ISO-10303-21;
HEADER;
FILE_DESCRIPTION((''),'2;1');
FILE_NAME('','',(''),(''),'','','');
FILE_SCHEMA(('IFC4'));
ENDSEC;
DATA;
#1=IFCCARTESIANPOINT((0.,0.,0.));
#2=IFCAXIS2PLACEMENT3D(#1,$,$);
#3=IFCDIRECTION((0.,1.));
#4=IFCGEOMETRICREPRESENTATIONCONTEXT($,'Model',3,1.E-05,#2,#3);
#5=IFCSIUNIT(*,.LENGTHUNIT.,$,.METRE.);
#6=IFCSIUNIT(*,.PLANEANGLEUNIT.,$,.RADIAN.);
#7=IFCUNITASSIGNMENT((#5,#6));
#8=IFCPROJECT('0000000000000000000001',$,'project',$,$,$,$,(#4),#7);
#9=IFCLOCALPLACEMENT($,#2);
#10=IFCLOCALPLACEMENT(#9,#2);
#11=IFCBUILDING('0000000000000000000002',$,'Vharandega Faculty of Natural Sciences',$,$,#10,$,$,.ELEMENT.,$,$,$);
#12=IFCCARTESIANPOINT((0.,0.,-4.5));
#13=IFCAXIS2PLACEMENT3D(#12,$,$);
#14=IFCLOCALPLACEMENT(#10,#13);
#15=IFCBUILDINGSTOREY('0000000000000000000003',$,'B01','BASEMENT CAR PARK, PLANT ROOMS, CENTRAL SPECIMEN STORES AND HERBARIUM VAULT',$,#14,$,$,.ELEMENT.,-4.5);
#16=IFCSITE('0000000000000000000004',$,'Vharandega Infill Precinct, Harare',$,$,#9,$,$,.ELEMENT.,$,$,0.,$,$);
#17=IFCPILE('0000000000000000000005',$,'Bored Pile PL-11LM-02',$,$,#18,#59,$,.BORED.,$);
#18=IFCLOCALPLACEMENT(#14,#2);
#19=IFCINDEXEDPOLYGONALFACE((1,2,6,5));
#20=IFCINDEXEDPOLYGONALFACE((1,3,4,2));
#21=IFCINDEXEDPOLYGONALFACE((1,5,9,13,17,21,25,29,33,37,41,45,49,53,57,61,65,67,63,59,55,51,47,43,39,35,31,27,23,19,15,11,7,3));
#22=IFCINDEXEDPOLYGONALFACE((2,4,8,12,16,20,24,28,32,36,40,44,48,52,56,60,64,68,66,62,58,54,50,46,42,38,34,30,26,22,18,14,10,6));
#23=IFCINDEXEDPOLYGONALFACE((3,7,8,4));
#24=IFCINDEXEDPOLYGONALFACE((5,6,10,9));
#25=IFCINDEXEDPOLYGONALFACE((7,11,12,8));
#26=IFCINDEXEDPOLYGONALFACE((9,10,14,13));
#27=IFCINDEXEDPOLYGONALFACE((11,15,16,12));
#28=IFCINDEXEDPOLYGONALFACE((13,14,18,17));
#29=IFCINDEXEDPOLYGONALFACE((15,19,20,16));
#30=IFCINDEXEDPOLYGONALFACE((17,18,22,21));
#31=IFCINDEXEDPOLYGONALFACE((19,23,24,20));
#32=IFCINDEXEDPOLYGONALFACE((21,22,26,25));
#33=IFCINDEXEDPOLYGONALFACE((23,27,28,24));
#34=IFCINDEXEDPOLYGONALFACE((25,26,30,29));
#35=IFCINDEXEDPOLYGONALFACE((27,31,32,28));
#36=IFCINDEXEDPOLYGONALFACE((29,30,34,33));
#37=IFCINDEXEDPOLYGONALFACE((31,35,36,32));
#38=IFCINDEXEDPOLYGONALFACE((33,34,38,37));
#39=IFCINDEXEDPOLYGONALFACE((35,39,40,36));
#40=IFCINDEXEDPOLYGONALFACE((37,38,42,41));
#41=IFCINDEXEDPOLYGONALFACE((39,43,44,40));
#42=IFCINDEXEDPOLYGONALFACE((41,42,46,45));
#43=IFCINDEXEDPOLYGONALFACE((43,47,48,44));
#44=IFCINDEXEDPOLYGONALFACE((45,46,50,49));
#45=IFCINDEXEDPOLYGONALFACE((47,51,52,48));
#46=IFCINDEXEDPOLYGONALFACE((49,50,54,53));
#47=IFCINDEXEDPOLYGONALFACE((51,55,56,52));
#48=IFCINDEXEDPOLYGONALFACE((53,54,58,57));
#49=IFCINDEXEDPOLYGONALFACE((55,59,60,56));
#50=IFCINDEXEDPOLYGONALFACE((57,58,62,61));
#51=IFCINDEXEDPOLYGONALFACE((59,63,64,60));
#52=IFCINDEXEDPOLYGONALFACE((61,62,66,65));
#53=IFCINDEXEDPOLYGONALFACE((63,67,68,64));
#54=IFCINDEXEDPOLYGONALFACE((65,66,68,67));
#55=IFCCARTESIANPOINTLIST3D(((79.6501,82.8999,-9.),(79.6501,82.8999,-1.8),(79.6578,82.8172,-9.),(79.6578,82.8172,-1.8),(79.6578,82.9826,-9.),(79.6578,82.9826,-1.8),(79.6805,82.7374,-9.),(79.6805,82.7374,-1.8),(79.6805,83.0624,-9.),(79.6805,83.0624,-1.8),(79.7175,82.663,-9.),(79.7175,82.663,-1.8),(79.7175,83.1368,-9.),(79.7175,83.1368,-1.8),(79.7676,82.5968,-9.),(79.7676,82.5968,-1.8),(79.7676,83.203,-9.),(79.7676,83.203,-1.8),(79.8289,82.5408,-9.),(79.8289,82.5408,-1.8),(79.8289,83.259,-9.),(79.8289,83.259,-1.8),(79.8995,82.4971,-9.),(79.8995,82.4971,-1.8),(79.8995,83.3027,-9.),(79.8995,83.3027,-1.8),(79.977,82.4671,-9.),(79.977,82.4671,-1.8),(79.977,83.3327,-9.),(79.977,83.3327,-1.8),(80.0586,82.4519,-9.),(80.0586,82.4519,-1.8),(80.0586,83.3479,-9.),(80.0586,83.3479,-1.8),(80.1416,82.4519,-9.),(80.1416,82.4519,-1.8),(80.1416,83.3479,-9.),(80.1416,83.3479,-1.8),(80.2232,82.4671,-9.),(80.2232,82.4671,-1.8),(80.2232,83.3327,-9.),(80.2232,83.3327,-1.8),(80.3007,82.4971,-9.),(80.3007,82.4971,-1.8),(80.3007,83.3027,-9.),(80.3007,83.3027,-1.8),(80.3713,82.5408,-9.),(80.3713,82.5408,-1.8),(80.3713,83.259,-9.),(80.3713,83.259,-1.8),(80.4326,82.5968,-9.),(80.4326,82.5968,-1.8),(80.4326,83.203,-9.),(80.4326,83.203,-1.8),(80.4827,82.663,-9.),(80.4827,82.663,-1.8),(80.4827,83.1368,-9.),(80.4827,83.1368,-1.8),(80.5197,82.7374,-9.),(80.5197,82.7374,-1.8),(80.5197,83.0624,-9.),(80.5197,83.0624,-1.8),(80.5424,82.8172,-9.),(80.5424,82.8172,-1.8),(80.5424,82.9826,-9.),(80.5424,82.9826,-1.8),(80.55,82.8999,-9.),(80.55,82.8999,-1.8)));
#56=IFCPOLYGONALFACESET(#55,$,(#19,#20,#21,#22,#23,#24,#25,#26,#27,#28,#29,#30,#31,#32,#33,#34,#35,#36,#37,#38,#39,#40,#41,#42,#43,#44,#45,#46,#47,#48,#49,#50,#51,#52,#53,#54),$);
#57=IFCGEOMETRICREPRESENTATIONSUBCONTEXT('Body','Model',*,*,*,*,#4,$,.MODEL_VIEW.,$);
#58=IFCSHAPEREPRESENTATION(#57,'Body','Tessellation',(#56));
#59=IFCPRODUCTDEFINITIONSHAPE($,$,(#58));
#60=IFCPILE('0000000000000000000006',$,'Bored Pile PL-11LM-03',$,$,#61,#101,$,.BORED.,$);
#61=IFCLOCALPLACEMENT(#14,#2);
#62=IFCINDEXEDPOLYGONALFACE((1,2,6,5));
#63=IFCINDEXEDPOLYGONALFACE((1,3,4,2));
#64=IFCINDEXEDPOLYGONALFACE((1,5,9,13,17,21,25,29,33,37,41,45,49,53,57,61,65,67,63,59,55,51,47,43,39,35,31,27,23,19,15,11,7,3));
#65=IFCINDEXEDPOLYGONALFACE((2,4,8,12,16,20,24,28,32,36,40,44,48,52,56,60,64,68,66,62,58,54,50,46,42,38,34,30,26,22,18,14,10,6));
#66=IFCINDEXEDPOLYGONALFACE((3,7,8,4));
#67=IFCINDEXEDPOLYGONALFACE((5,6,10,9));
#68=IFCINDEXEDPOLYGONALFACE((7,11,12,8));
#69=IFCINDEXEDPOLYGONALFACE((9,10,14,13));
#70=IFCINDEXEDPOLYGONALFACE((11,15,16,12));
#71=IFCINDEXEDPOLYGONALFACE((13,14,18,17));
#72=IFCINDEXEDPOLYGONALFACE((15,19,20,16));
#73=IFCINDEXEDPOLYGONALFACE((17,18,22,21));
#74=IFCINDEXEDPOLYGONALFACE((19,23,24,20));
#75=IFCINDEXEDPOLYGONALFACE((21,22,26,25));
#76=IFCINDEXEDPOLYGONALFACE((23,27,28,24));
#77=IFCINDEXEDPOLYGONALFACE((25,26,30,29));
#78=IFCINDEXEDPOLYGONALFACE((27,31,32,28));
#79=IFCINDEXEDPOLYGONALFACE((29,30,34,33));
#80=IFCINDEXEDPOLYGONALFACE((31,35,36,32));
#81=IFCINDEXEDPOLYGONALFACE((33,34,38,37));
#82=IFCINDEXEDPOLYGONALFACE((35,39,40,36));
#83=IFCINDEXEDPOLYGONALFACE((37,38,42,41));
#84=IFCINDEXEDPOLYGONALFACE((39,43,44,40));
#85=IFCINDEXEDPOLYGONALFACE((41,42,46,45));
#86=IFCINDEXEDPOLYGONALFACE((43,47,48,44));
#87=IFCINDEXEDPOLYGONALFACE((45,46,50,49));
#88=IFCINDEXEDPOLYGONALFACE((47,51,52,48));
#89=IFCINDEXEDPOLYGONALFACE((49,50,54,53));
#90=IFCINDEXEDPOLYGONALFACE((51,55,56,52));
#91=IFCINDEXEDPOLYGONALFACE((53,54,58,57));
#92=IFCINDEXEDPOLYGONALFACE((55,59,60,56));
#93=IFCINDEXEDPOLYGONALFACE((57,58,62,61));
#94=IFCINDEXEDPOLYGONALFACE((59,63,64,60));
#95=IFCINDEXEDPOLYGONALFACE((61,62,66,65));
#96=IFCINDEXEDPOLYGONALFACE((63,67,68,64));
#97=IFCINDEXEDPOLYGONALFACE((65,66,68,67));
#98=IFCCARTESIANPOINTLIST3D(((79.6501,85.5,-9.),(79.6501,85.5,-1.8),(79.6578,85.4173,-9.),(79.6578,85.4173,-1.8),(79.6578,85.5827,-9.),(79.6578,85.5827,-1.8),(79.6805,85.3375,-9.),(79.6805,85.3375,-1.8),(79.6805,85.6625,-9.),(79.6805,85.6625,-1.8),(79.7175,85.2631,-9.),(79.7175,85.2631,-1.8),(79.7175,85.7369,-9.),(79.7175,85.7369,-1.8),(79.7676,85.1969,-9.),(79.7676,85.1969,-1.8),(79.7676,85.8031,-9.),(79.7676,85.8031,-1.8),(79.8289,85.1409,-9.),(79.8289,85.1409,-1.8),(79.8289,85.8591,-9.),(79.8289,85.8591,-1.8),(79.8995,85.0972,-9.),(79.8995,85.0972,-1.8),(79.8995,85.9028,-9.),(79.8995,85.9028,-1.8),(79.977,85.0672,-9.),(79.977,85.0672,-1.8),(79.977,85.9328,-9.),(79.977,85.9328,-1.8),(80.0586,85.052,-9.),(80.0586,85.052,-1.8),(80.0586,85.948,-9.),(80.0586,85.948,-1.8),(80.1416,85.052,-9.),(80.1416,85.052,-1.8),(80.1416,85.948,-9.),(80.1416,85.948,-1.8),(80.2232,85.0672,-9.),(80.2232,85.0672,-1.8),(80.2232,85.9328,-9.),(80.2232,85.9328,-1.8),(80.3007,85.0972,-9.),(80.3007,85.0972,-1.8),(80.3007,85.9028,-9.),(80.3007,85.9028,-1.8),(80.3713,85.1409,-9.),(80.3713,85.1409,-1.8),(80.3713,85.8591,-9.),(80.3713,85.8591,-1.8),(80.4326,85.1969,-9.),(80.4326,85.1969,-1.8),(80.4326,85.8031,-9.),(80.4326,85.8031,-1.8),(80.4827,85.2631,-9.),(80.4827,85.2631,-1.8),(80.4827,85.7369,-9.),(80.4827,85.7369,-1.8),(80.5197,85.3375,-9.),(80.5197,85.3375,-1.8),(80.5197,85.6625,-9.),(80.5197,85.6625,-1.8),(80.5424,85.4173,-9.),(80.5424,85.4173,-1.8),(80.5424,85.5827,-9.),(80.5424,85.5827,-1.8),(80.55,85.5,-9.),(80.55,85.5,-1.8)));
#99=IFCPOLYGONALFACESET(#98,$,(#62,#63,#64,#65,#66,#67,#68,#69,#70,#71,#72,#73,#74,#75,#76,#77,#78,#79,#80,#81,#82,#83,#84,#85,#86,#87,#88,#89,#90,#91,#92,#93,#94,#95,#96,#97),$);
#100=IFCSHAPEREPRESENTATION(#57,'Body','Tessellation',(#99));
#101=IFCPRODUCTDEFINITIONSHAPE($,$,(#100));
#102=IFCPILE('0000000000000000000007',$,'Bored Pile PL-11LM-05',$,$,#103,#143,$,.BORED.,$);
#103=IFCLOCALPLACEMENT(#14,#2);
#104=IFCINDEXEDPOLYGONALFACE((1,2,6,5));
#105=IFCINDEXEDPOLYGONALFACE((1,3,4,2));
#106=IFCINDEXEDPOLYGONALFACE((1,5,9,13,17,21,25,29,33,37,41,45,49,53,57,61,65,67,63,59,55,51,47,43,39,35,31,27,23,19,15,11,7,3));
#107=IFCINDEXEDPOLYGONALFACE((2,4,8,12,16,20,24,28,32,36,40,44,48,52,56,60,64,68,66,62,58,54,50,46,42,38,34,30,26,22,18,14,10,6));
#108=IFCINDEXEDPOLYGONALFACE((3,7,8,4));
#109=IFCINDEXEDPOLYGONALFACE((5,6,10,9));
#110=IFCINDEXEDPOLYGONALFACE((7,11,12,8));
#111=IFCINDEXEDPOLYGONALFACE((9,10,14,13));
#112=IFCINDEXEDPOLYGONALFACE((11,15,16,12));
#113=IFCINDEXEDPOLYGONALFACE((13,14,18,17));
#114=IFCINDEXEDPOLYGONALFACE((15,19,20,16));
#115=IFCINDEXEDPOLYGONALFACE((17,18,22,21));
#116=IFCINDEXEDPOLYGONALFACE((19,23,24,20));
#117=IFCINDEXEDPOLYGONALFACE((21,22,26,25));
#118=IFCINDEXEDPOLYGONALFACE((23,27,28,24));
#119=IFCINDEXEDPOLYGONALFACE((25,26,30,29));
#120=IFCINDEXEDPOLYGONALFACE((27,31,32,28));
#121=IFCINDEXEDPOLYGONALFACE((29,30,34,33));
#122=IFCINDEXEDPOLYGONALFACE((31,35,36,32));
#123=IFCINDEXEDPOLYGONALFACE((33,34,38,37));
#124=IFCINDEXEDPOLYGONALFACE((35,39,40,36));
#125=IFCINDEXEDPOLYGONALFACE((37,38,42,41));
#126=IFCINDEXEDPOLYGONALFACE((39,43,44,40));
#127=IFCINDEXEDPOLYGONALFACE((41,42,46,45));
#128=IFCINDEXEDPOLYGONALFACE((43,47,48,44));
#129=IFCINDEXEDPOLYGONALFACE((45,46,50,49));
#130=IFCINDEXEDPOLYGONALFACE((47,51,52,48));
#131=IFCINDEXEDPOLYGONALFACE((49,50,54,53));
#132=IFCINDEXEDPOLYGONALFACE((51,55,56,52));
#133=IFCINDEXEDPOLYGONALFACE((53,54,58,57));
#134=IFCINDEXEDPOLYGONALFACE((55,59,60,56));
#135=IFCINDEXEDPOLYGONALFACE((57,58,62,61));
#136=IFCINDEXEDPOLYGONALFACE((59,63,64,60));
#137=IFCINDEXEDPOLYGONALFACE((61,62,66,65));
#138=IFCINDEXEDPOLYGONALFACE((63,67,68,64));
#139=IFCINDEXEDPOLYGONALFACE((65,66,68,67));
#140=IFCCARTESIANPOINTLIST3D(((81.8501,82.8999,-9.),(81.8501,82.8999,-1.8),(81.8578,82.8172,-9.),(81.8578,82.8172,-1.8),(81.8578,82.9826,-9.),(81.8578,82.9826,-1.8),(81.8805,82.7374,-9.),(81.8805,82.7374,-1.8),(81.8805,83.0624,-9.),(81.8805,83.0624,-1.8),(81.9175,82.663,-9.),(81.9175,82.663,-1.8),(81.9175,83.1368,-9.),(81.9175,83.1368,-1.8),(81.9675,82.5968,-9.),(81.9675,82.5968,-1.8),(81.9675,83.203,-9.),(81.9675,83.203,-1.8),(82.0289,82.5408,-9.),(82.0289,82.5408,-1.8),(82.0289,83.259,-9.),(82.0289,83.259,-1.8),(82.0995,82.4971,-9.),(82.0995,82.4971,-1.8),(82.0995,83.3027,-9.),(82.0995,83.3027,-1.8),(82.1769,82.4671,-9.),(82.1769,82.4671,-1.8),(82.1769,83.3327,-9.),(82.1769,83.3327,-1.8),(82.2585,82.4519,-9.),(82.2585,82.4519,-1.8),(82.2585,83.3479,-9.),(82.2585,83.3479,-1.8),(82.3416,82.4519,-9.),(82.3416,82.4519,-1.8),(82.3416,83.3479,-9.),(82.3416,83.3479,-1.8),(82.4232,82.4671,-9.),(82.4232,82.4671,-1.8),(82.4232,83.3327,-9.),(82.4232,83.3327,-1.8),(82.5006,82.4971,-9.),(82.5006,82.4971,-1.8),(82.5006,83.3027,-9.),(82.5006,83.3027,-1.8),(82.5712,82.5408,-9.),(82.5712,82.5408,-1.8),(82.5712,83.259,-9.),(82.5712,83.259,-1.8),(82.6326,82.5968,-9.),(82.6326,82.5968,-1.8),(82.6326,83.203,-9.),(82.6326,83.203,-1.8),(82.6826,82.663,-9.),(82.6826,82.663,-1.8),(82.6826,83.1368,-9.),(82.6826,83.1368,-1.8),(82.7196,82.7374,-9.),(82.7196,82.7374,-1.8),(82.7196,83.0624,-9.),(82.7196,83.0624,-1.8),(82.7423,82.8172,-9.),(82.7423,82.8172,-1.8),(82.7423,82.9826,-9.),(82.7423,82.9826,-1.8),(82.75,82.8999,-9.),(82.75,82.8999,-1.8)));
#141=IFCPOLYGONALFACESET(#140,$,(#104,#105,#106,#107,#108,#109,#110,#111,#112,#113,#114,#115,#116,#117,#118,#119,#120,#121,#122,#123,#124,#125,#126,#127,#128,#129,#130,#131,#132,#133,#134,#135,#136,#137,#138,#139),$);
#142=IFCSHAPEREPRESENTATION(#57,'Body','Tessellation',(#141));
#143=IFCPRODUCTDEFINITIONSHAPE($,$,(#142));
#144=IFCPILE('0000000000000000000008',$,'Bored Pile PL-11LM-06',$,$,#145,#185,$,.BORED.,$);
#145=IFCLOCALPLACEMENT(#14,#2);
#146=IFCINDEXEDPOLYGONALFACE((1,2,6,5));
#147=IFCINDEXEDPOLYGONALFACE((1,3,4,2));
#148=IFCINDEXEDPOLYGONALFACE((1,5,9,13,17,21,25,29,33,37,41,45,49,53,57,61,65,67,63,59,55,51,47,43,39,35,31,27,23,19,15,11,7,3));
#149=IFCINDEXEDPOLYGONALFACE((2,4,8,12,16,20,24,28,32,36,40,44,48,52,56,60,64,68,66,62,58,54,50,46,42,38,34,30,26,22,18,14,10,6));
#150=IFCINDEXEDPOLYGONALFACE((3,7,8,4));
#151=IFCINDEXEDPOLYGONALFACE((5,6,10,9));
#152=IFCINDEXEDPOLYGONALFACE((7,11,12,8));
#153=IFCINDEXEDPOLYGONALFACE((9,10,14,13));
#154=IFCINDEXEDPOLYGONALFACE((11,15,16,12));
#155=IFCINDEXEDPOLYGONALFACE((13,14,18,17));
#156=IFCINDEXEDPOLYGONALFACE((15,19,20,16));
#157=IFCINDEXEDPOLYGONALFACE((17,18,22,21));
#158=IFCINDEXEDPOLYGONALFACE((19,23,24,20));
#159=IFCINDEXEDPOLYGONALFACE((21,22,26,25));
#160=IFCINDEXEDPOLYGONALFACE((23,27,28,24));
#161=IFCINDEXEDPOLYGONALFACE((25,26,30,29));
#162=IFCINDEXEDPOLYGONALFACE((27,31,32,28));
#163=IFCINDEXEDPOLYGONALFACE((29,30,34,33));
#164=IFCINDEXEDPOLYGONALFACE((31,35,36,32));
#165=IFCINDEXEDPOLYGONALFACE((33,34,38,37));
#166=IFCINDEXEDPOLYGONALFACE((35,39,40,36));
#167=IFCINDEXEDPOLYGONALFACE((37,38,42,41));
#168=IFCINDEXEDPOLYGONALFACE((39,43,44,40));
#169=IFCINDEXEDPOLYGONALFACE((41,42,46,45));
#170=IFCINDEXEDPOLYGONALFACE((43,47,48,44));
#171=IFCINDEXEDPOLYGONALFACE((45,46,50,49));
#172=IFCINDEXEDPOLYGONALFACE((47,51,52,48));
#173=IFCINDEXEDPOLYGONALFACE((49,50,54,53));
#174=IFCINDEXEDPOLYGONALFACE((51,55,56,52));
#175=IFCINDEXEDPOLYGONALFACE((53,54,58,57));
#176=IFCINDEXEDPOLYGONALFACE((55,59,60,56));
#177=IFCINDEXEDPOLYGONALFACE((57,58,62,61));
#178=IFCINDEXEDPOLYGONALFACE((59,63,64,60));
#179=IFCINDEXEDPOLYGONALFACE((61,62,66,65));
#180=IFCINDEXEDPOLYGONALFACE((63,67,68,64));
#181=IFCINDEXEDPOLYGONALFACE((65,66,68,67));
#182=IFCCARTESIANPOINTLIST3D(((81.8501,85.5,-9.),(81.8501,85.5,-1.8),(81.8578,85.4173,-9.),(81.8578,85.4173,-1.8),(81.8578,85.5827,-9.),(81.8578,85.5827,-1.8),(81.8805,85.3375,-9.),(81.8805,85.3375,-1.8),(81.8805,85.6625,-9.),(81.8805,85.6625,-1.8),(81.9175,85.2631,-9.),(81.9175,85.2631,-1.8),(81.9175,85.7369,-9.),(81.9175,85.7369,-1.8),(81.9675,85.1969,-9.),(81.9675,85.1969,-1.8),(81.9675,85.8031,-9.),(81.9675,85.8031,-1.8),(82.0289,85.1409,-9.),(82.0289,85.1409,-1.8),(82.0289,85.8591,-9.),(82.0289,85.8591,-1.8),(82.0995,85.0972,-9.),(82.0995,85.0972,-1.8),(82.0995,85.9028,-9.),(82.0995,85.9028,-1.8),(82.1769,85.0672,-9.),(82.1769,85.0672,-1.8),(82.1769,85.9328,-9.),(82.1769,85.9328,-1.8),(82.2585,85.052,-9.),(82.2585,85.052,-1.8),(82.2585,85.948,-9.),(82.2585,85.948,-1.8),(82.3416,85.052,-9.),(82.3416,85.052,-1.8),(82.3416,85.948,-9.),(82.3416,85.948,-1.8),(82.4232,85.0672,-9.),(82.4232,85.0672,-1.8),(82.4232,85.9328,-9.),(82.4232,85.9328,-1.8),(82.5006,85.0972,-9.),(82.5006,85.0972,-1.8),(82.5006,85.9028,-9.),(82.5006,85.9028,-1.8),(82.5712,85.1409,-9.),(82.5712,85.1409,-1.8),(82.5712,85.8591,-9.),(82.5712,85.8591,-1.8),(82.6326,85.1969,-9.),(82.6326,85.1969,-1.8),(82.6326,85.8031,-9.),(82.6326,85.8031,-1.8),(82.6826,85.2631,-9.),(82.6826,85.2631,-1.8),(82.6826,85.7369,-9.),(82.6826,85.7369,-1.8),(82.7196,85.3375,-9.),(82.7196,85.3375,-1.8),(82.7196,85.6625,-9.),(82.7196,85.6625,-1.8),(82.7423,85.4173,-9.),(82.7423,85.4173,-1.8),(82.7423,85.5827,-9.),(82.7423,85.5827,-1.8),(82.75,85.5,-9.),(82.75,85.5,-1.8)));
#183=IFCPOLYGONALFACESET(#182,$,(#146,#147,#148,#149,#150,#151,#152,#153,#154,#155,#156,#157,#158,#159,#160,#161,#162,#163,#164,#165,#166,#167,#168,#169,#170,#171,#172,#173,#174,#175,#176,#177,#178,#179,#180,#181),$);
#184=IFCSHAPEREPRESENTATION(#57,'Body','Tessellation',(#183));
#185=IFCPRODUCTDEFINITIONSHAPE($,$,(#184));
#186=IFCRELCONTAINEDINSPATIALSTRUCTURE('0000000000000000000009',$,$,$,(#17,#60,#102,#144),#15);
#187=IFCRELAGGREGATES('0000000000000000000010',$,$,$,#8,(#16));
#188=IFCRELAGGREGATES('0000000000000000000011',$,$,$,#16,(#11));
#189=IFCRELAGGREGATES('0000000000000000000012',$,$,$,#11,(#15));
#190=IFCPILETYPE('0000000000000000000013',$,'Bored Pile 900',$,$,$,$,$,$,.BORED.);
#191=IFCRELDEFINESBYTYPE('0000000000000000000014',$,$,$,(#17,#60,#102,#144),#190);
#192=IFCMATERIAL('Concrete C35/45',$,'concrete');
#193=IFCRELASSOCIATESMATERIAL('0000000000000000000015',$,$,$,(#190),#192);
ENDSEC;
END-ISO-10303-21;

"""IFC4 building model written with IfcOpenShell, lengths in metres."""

from ifc_helpers import new_model, si_unit, direction, frame, origin, origin_2d, place, context, subcontext, project, spatial, circle, extrude, material, material_profile, profile_set, type_object, element, save


model = new_model("IFC4")

# Units and contexts
model_context = context("Model", 3, precision=1e-05, world=origin(), true_north=direction((0.0, 1.0)))
body_context = subcontext(model_context, "Body", "Model", "MODEL_VIEW")
ifc_project = project(units=[si_unit("LENGTHUNIT", "METRE"), si_unit("PLANEANGLEUNIT", "RADIAN")], contexts=[model_context])

# Site, building, storey
site_placement = place(None, origin())
site = spatial("IfcSite", under=ifc_project, at=site_placement, Name="Vharandega Infill Precinct, Harare", CompositionType="ELEMENT", RefElevation=0.0)
building_placement = place(site_placement, origin())
building = spatial("IfcBuilding", under=site, at=building_placement, Name="Vharandega Faculty of Natural Sciences", CompositionType="ELEMENT")
storey_placement = place(building_placement, frame((0.0, 0.0, -4.5)))
storey = spatial("IfcBuildingStorey", under=building, at=storey_placement, Name="B01", Description="BASEMENT CAR PARK, PLANT ROOMS, CENTRAL SPECIMEN STORES AND HERBARIUM VAULT", CompositionType="ELEMENT", Elevation=-4.5)

# Piles
ifc_material_1 = material(Name="Concrete C35/45", Category="concrete")
ifc_material_profile_1 = material_profile(ifc_material_1, circle(Radius=0.45, at=origin_2d()), Name="PILE 900")
ifc_profile_set_1 = profile_set([ifc_material_profile_1], Name="Concrete C35/45")
pile_type = type_object("IfcPileType", Name="Bored Pile 900", PredefinedType="BORED", material=ifc_profile_set_1)
for number, where, z_axis, x_axis, name in (
    (1, (80.1001, 82.8999, -1.8), (0.0, 0.0, -1.0), (1.0, 0.0, 0.0), "Bored Pile PL-11LM-02"),
    (2, (80.1001, 85.5, -1.8), (0.0, 0.0, -1.0), (1.0, 0.0, 0.0), "Bored Pile PL-11LM-03"),
    (3, (82.3, 82.8999, -1.8), (0.0, 0.0, -1.0), (1.0, 0.0, 0.0), "Bored Pile PL-11LM-05"),
    (4, (82.3, 85.5, -1.8), (0.0, 0.0, -1.0), (1.0, 0.0, 0.0), "Bored Pile PL-11LM-06"),
):
    element("IfcPile", number, at=place(storey_placement, frame(where, z_axis=z_axis, x_axis=x_axis)), inside=storey, type_object=pile_type, Name=name, PredefinedType="BORED", context=body_context, shape_type="SweptSolid", body=[
        extrude(circle(Radius=0.45, at=origin_2d()), origin(), (0.0, 0.0, 1.0), 7.2),
    ])

save(model, "model.ifc")
